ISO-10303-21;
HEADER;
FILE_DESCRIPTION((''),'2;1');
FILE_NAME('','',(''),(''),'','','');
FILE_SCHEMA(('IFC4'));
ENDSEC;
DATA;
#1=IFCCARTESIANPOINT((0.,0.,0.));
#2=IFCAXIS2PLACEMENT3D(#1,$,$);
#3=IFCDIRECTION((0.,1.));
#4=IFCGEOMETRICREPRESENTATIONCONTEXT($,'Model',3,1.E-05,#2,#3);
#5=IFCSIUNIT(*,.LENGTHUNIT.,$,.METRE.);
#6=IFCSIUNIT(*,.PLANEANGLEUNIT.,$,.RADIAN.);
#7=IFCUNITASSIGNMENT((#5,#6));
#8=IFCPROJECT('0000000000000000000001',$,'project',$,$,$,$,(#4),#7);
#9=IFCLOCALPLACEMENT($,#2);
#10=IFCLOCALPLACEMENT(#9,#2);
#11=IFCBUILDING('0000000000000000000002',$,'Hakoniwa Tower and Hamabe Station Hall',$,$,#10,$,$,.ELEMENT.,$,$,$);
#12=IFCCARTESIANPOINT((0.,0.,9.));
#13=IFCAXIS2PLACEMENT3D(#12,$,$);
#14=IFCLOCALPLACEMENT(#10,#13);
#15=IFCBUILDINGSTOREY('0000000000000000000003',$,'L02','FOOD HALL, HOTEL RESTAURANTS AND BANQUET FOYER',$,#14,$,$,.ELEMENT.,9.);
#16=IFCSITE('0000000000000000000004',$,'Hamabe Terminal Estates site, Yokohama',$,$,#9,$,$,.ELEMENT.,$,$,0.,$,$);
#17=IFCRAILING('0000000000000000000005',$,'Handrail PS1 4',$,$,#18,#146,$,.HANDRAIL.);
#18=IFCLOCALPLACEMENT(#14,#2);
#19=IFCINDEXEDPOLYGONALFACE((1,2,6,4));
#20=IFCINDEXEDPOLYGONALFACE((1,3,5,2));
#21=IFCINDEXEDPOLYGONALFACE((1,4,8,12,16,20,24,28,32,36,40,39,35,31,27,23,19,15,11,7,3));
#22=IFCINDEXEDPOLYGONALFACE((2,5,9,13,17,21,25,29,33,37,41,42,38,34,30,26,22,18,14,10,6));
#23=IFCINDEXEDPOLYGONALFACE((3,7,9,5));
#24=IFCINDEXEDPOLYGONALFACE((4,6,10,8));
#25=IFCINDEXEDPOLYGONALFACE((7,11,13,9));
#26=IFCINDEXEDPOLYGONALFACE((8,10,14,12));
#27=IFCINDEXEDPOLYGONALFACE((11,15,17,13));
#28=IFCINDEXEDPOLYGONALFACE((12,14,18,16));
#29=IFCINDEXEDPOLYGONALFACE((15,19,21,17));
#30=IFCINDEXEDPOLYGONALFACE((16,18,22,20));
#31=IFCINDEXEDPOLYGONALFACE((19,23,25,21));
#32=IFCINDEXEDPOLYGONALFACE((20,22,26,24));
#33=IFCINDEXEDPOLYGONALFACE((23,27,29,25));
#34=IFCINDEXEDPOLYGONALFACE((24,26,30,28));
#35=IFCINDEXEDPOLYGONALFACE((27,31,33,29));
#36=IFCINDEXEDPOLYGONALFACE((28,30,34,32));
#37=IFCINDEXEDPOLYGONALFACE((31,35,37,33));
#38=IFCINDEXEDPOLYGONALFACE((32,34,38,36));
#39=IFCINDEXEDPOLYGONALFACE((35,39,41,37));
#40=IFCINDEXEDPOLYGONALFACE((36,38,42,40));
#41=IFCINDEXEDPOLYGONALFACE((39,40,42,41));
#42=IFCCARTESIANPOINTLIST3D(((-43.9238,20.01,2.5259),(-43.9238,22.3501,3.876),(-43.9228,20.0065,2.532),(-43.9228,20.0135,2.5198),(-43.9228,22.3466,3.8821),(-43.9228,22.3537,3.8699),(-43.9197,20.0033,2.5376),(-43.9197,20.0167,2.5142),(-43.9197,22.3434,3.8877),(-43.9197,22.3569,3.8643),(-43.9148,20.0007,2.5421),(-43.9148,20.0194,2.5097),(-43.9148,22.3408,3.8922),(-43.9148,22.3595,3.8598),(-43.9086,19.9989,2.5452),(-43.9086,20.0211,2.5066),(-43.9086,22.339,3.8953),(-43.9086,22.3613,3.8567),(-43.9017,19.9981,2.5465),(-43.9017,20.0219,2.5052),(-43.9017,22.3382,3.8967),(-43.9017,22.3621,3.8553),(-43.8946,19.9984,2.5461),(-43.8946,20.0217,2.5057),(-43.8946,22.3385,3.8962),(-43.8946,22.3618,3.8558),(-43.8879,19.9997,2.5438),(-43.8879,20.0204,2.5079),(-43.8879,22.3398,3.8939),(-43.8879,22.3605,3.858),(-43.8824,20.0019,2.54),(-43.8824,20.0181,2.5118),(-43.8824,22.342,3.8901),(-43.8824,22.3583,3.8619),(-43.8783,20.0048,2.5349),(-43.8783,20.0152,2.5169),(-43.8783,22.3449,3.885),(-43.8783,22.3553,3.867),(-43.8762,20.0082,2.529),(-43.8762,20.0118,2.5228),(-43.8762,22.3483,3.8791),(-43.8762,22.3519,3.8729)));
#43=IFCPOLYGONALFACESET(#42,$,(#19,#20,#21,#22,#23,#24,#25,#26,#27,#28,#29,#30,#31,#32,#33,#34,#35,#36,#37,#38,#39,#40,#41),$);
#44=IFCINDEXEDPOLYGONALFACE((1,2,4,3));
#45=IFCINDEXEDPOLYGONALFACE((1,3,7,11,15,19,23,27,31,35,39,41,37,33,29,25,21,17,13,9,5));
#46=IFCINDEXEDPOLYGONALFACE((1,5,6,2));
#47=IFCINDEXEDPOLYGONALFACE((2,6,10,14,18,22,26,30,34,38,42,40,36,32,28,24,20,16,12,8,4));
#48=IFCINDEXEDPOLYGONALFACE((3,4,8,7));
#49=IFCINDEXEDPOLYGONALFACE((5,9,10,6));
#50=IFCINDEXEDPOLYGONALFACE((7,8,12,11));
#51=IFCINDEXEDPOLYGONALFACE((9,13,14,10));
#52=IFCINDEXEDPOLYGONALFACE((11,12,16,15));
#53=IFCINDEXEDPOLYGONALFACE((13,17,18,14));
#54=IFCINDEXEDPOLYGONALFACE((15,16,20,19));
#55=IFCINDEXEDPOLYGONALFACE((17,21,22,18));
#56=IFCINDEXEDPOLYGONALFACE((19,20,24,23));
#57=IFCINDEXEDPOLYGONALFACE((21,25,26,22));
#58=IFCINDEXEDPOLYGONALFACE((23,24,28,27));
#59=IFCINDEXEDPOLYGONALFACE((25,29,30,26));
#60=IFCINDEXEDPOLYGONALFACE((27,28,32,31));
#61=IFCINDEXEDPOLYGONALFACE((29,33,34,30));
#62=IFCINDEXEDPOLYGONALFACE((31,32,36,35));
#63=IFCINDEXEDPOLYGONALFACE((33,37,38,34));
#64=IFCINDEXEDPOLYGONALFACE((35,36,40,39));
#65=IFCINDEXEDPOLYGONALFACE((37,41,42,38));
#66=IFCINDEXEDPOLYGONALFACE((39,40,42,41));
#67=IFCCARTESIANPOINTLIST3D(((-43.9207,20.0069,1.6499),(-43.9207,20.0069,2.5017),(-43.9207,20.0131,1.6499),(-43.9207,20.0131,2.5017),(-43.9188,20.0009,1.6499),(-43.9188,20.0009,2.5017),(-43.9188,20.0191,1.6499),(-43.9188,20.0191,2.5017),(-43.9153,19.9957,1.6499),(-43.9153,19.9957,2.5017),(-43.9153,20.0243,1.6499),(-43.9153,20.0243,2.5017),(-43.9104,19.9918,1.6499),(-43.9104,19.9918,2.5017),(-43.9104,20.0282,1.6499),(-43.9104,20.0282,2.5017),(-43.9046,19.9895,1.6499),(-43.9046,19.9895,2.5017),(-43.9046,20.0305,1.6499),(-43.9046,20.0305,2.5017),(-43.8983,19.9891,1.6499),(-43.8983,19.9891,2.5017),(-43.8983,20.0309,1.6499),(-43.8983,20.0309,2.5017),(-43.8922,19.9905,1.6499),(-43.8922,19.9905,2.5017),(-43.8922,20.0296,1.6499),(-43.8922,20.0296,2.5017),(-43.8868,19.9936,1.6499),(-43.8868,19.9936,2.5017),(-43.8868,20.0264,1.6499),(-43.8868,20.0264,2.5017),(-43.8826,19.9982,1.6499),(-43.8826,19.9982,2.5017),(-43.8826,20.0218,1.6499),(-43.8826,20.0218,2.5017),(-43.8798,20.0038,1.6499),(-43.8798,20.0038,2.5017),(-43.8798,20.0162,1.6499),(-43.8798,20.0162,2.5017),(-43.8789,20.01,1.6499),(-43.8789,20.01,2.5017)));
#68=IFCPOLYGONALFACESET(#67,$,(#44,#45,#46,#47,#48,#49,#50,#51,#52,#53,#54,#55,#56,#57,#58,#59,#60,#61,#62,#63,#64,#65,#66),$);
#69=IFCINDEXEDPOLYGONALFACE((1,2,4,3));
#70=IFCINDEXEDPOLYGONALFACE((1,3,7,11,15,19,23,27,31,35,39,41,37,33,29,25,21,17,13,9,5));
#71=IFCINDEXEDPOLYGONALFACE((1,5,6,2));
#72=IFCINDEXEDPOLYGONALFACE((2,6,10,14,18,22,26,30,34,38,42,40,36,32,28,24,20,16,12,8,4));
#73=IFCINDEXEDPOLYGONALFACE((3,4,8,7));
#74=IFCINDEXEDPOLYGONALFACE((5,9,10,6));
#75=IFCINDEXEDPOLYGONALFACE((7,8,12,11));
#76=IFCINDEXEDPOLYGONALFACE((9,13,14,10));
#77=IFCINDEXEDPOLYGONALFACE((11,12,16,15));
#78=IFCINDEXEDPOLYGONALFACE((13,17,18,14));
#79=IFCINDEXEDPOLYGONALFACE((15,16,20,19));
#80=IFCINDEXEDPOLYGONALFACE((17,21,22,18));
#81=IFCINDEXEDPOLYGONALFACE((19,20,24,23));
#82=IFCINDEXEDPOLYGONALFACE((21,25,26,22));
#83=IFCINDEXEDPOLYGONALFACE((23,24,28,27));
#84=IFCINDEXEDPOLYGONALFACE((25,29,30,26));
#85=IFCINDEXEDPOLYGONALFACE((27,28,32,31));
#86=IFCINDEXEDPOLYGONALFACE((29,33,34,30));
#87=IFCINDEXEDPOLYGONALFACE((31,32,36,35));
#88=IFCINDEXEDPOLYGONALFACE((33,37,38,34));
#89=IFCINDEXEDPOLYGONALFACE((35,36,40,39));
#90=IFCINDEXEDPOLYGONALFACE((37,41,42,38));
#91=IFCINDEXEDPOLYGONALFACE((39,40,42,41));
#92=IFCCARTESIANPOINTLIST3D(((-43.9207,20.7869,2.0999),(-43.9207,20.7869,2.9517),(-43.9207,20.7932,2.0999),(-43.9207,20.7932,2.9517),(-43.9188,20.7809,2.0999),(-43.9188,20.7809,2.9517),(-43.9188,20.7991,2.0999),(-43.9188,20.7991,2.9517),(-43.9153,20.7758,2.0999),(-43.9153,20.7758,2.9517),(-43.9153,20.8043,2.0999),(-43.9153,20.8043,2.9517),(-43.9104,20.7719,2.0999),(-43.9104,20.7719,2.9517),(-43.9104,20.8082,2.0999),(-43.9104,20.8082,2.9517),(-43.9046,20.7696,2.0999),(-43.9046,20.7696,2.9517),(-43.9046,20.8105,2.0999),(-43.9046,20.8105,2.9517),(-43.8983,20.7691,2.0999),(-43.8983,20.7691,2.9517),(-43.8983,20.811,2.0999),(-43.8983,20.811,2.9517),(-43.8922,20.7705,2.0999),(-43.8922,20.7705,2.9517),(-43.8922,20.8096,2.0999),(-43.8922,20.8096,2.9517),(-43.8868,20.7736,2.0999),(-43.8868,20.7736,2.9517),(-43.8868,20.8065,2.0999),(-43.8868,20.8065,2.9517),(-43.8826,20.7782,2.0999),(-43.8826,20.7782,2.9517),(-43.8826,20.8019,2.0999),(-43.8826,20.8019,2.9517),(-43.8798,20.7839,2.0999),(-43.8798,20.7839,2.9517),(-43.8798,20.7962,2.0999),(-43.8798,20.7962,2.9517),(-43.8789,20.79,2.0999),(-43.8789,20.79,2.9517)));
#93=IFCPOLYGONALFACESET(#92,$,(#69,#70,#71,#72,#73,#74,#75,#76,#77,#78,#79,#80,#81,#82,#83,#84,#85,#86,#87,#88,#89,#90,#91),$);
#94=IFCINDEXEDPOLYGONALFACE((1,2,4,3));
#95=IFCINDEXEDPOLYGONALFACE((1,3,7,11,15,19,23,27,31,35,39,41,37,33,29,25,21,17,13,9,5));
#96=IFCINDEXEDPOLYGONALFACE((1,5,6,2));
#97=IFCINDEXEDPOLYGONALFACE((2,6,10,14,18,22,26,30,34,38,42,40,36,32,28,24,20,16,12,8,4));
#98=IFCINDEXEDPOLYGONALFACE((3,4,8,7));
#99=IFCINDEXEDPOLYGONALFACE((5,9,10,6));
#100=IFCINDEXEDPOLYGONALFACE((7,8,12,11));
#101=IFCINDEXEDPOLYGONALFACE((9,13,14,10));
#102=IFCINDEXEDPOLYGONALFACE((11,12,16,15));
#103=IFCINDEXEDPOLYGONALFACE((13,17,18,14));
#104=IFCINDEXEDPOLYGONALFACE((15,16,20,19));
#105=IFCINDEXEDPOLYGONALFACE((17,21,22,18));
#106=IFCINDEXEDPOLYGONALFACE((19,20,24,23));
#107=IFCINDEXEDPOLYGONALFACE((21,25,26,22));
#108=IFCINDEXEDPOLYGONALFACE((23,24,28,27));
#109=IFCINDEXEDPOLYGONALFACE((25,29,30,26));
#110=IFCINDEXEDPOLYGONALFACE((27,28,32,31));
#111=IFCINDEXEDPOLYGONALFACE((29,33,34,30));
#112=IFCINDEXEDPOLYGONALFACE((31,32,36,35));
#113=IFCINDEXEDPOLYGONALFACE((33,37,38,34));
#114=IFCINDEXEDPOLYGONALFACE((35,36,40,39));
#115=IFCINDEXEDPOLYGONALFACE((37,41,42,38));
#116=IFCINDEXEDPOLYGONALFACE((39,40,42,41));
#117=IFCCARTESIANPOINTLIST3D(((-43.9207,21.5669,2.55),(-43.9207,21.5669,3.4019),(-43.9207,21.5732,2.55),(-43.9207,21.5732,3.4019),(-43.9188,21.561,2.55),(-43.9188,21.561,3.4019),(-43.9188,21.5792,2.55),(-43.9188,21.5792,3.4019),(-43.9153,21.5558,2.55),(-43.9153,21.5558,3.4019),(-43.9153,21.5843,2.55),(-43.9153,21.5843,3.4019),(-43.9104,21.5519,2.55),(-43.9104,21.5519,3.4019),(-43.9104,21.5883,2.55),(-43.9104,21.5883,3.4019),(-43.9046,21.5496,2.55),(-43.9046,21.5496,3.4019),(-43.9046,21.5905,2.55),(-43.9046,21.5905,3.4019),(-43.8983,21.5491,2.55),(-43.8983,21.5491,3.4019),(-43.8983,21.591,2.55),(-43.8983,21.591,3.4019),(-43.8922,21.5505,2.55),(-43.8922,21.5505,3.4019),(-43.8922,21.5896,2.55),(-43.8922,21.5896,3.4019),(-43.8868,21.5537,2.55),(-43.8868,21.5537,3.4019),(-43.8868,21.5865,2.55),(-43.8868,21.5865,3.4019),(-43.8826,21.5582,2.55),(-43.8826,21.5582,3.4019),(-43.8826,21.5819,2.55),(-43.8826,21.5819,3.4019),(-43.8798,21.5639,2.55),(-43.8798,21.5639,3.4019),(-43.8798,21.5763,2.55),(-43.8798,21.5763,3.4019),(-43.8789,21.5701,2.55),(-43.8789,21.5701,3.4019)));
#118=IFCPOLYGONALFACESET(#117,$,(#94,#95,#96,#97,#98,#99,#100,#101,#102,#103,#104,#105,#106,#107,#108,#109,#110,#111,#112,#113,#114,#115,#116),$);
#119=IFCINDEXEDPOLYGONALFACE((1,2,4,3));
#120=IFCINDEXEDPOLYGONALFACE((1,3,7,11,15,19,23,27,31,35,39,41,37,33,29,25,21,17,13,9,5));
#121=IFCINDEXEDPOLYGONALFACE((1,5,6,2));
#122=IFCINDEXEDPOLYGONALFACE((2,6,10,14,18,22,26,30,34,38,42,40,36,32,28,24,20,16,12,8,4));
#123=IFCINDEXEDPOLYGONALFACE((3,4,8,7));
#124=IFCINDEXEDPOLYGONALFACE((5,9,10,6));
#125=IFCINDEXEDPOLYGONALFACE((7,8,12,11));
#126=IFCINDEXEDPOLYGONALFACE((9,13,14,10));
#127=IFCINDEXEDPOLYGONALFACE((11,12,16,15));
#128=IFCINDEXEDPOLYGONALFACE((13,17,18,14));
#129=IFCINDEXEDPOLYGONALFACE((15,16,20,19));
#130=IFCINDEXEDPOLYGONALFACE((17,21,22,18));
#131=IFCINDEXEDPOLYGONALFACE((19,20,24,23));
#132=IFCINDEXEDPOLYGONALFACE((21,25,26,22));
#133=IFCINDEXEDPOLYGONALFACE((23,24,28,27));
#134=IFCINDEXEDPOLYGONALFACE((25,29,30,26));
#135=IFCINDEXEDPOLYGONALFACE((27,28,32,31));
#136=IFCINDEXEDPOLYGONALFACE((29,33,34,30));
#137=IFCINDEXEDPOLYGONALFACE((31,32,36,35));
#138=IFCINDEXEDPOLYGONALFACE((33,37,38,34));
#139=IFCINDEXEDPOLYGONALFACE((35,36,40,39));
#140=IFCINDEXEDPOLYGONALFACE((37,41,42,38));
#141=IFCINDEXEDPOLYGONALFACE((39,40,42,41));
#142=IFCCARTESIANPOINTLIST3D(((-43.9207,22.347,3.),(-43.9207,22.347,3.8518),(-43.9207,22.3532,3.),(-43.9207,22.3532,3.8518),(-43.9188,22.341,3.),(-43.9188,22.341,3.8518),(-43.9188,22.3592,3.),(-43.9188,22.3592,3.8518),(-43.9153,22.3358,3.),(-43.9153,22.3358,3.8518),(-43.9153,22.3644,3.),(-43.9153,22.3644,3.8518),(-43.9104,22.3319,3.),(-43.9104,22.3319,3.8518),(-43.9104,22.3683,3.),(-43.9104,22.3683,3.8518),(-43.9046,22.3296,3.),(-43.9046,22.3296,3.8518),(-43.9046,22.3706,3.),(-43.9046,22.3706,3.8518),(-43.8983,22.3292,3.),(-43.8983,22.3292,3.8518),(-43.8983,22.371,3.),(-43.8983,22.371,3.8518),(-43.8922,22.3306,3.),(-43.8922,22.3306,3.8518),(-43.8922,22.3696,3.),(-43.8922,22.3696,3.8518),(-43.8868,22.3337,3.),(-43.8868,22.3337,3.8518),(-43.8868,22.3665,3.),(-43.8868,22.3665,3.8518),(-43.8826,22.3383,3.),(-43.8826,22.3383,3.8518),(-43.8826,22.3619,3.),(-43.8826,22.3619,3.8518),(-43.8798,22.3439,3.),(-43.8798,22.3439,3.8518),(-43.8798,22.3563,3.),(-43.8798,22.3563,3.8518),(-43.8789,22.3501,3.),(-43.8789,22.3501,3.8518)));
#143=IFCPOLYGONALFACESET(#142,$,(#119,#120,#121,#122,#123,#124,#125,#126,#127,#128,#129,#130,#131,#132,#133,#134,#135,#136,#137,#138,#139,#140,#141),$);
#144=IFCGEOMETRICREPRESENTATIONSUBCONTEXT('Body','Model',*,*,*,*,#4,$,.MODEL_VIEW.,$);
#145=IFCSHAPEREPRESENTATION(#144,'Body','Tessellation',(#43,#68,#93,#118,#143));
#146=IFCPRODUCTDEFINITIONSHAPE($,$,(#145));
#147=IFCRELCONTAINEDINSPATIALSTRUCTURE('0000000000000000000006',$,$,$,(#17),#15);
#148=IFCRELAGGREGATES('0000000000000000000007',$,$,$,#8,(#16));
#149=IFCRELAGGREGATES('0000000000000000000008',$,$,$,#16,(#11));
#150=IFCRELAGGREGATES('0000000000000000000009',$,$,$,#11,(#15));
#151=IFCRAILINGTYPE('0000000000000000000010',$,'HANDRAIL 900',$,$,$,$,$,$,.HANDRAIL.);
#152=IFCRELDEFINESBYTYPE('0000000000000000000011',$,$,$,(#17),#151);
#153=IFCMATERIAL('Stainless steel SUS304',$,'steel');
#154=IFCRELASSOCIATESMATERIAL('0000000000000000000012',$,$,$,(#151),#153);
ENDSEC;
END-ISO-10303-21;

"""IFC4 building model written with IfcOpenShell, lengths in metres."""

from ifc_helpers import new_model, si_unit, direction, frame, origin, origin_2d, place, context, subcontext, project, spatial, circle, extrude, material, type_object, element, save


model = new_model("IFC4")

# Units and contexts
model_context = context("Model", 3, precision=1e-05, world=origin(), true_north=direction((0.0, 1.0)))
body_context = subcontext(model_context, "Body", "Model", "MODEL_VIEW")
ifc_project = project(units=[si_unit("LENGTHUNIT", "METRE"), si_unit("PLANEANGLEUNIT", "RADIAN")], contexts=[model_context])

# Site, building, storey
site_placement = place(None, origin())
site = spatial("IfcSite", under=ifc_project, at=site_placement, Name="Hamabe Terminal Estates site, Yokohama", CompositionType="ELEMENT", RefElevation=0.0)
building_placement = place(site_placement, origin())
building = spatial("IfcBuilding", under=site, at=building_placement, Name="Hakoniwa Tower and Hamabe Station Hall", CompositionType="ELEMENT")
storey_placement = place(building_placement, frame((0.0, 0.0, 9.0)))
storey = spatial("IfcBuildingStorey", under=building, at=storey_placement, Name="L02", Description="FOOD HALL, HOTEL RESTAURANTS AND BANQUET FOYER", CompositionType="ELEMENT", Elevation=9.0)

# Railing
ifc_material_1 = material(Name="Stainless steel SUS304", Category="steel")
railing_type_1 = type_object("IfcRailingType", Name="HANDRAIL 900", PredefinedType="HANDRAIL", material=ifc_material_1)
for number, where, name in (
    (1, (-43.8999, 20.01, 1.6499), "Handrail PS1 4"),
):
    element("IfcRailing", number, at=place(storey_placement, frame(where)), inside=storey, type_object=railing_type_1, Name=name, PredefinedType="HANDRAIL", context=body_context, shape_type="SweptSolid", body=[
        extrude(circle(Radius=0.0239, at=origin_2d()), frame((0.0, 0.0, 0.876), z_axis=(0.0, 0.866178, 0.499735), x_axis=(-1.0, 0.0, 0.0)), (0.0, 0.0, 1.0), 2.7017),
        extrude(circle(Radius=0.021, at=origin_2d()), origin(), (0.0, 0.0, 1.0), 0.8518),
        extrude(circle(Radius=0.021, at=origin_2d()), frame((0.0, 0.78, 0.45)), (0.0, 0.0, 1.0), 0.8518),
        extrude(circle(Radius=0.021, at=origin_2d()), frame((0.0, 1.5601, 0.9001)), (0.0, 0.0, 1.0), 0.8518),
        extrude(circle(Radius=0.021, at=origin_2d()), frame((0.0, 2.3401, 1.3501)), (0.0, 0.0, 1.0), 0.8518),
    ])

save(model, "model.ifc")
